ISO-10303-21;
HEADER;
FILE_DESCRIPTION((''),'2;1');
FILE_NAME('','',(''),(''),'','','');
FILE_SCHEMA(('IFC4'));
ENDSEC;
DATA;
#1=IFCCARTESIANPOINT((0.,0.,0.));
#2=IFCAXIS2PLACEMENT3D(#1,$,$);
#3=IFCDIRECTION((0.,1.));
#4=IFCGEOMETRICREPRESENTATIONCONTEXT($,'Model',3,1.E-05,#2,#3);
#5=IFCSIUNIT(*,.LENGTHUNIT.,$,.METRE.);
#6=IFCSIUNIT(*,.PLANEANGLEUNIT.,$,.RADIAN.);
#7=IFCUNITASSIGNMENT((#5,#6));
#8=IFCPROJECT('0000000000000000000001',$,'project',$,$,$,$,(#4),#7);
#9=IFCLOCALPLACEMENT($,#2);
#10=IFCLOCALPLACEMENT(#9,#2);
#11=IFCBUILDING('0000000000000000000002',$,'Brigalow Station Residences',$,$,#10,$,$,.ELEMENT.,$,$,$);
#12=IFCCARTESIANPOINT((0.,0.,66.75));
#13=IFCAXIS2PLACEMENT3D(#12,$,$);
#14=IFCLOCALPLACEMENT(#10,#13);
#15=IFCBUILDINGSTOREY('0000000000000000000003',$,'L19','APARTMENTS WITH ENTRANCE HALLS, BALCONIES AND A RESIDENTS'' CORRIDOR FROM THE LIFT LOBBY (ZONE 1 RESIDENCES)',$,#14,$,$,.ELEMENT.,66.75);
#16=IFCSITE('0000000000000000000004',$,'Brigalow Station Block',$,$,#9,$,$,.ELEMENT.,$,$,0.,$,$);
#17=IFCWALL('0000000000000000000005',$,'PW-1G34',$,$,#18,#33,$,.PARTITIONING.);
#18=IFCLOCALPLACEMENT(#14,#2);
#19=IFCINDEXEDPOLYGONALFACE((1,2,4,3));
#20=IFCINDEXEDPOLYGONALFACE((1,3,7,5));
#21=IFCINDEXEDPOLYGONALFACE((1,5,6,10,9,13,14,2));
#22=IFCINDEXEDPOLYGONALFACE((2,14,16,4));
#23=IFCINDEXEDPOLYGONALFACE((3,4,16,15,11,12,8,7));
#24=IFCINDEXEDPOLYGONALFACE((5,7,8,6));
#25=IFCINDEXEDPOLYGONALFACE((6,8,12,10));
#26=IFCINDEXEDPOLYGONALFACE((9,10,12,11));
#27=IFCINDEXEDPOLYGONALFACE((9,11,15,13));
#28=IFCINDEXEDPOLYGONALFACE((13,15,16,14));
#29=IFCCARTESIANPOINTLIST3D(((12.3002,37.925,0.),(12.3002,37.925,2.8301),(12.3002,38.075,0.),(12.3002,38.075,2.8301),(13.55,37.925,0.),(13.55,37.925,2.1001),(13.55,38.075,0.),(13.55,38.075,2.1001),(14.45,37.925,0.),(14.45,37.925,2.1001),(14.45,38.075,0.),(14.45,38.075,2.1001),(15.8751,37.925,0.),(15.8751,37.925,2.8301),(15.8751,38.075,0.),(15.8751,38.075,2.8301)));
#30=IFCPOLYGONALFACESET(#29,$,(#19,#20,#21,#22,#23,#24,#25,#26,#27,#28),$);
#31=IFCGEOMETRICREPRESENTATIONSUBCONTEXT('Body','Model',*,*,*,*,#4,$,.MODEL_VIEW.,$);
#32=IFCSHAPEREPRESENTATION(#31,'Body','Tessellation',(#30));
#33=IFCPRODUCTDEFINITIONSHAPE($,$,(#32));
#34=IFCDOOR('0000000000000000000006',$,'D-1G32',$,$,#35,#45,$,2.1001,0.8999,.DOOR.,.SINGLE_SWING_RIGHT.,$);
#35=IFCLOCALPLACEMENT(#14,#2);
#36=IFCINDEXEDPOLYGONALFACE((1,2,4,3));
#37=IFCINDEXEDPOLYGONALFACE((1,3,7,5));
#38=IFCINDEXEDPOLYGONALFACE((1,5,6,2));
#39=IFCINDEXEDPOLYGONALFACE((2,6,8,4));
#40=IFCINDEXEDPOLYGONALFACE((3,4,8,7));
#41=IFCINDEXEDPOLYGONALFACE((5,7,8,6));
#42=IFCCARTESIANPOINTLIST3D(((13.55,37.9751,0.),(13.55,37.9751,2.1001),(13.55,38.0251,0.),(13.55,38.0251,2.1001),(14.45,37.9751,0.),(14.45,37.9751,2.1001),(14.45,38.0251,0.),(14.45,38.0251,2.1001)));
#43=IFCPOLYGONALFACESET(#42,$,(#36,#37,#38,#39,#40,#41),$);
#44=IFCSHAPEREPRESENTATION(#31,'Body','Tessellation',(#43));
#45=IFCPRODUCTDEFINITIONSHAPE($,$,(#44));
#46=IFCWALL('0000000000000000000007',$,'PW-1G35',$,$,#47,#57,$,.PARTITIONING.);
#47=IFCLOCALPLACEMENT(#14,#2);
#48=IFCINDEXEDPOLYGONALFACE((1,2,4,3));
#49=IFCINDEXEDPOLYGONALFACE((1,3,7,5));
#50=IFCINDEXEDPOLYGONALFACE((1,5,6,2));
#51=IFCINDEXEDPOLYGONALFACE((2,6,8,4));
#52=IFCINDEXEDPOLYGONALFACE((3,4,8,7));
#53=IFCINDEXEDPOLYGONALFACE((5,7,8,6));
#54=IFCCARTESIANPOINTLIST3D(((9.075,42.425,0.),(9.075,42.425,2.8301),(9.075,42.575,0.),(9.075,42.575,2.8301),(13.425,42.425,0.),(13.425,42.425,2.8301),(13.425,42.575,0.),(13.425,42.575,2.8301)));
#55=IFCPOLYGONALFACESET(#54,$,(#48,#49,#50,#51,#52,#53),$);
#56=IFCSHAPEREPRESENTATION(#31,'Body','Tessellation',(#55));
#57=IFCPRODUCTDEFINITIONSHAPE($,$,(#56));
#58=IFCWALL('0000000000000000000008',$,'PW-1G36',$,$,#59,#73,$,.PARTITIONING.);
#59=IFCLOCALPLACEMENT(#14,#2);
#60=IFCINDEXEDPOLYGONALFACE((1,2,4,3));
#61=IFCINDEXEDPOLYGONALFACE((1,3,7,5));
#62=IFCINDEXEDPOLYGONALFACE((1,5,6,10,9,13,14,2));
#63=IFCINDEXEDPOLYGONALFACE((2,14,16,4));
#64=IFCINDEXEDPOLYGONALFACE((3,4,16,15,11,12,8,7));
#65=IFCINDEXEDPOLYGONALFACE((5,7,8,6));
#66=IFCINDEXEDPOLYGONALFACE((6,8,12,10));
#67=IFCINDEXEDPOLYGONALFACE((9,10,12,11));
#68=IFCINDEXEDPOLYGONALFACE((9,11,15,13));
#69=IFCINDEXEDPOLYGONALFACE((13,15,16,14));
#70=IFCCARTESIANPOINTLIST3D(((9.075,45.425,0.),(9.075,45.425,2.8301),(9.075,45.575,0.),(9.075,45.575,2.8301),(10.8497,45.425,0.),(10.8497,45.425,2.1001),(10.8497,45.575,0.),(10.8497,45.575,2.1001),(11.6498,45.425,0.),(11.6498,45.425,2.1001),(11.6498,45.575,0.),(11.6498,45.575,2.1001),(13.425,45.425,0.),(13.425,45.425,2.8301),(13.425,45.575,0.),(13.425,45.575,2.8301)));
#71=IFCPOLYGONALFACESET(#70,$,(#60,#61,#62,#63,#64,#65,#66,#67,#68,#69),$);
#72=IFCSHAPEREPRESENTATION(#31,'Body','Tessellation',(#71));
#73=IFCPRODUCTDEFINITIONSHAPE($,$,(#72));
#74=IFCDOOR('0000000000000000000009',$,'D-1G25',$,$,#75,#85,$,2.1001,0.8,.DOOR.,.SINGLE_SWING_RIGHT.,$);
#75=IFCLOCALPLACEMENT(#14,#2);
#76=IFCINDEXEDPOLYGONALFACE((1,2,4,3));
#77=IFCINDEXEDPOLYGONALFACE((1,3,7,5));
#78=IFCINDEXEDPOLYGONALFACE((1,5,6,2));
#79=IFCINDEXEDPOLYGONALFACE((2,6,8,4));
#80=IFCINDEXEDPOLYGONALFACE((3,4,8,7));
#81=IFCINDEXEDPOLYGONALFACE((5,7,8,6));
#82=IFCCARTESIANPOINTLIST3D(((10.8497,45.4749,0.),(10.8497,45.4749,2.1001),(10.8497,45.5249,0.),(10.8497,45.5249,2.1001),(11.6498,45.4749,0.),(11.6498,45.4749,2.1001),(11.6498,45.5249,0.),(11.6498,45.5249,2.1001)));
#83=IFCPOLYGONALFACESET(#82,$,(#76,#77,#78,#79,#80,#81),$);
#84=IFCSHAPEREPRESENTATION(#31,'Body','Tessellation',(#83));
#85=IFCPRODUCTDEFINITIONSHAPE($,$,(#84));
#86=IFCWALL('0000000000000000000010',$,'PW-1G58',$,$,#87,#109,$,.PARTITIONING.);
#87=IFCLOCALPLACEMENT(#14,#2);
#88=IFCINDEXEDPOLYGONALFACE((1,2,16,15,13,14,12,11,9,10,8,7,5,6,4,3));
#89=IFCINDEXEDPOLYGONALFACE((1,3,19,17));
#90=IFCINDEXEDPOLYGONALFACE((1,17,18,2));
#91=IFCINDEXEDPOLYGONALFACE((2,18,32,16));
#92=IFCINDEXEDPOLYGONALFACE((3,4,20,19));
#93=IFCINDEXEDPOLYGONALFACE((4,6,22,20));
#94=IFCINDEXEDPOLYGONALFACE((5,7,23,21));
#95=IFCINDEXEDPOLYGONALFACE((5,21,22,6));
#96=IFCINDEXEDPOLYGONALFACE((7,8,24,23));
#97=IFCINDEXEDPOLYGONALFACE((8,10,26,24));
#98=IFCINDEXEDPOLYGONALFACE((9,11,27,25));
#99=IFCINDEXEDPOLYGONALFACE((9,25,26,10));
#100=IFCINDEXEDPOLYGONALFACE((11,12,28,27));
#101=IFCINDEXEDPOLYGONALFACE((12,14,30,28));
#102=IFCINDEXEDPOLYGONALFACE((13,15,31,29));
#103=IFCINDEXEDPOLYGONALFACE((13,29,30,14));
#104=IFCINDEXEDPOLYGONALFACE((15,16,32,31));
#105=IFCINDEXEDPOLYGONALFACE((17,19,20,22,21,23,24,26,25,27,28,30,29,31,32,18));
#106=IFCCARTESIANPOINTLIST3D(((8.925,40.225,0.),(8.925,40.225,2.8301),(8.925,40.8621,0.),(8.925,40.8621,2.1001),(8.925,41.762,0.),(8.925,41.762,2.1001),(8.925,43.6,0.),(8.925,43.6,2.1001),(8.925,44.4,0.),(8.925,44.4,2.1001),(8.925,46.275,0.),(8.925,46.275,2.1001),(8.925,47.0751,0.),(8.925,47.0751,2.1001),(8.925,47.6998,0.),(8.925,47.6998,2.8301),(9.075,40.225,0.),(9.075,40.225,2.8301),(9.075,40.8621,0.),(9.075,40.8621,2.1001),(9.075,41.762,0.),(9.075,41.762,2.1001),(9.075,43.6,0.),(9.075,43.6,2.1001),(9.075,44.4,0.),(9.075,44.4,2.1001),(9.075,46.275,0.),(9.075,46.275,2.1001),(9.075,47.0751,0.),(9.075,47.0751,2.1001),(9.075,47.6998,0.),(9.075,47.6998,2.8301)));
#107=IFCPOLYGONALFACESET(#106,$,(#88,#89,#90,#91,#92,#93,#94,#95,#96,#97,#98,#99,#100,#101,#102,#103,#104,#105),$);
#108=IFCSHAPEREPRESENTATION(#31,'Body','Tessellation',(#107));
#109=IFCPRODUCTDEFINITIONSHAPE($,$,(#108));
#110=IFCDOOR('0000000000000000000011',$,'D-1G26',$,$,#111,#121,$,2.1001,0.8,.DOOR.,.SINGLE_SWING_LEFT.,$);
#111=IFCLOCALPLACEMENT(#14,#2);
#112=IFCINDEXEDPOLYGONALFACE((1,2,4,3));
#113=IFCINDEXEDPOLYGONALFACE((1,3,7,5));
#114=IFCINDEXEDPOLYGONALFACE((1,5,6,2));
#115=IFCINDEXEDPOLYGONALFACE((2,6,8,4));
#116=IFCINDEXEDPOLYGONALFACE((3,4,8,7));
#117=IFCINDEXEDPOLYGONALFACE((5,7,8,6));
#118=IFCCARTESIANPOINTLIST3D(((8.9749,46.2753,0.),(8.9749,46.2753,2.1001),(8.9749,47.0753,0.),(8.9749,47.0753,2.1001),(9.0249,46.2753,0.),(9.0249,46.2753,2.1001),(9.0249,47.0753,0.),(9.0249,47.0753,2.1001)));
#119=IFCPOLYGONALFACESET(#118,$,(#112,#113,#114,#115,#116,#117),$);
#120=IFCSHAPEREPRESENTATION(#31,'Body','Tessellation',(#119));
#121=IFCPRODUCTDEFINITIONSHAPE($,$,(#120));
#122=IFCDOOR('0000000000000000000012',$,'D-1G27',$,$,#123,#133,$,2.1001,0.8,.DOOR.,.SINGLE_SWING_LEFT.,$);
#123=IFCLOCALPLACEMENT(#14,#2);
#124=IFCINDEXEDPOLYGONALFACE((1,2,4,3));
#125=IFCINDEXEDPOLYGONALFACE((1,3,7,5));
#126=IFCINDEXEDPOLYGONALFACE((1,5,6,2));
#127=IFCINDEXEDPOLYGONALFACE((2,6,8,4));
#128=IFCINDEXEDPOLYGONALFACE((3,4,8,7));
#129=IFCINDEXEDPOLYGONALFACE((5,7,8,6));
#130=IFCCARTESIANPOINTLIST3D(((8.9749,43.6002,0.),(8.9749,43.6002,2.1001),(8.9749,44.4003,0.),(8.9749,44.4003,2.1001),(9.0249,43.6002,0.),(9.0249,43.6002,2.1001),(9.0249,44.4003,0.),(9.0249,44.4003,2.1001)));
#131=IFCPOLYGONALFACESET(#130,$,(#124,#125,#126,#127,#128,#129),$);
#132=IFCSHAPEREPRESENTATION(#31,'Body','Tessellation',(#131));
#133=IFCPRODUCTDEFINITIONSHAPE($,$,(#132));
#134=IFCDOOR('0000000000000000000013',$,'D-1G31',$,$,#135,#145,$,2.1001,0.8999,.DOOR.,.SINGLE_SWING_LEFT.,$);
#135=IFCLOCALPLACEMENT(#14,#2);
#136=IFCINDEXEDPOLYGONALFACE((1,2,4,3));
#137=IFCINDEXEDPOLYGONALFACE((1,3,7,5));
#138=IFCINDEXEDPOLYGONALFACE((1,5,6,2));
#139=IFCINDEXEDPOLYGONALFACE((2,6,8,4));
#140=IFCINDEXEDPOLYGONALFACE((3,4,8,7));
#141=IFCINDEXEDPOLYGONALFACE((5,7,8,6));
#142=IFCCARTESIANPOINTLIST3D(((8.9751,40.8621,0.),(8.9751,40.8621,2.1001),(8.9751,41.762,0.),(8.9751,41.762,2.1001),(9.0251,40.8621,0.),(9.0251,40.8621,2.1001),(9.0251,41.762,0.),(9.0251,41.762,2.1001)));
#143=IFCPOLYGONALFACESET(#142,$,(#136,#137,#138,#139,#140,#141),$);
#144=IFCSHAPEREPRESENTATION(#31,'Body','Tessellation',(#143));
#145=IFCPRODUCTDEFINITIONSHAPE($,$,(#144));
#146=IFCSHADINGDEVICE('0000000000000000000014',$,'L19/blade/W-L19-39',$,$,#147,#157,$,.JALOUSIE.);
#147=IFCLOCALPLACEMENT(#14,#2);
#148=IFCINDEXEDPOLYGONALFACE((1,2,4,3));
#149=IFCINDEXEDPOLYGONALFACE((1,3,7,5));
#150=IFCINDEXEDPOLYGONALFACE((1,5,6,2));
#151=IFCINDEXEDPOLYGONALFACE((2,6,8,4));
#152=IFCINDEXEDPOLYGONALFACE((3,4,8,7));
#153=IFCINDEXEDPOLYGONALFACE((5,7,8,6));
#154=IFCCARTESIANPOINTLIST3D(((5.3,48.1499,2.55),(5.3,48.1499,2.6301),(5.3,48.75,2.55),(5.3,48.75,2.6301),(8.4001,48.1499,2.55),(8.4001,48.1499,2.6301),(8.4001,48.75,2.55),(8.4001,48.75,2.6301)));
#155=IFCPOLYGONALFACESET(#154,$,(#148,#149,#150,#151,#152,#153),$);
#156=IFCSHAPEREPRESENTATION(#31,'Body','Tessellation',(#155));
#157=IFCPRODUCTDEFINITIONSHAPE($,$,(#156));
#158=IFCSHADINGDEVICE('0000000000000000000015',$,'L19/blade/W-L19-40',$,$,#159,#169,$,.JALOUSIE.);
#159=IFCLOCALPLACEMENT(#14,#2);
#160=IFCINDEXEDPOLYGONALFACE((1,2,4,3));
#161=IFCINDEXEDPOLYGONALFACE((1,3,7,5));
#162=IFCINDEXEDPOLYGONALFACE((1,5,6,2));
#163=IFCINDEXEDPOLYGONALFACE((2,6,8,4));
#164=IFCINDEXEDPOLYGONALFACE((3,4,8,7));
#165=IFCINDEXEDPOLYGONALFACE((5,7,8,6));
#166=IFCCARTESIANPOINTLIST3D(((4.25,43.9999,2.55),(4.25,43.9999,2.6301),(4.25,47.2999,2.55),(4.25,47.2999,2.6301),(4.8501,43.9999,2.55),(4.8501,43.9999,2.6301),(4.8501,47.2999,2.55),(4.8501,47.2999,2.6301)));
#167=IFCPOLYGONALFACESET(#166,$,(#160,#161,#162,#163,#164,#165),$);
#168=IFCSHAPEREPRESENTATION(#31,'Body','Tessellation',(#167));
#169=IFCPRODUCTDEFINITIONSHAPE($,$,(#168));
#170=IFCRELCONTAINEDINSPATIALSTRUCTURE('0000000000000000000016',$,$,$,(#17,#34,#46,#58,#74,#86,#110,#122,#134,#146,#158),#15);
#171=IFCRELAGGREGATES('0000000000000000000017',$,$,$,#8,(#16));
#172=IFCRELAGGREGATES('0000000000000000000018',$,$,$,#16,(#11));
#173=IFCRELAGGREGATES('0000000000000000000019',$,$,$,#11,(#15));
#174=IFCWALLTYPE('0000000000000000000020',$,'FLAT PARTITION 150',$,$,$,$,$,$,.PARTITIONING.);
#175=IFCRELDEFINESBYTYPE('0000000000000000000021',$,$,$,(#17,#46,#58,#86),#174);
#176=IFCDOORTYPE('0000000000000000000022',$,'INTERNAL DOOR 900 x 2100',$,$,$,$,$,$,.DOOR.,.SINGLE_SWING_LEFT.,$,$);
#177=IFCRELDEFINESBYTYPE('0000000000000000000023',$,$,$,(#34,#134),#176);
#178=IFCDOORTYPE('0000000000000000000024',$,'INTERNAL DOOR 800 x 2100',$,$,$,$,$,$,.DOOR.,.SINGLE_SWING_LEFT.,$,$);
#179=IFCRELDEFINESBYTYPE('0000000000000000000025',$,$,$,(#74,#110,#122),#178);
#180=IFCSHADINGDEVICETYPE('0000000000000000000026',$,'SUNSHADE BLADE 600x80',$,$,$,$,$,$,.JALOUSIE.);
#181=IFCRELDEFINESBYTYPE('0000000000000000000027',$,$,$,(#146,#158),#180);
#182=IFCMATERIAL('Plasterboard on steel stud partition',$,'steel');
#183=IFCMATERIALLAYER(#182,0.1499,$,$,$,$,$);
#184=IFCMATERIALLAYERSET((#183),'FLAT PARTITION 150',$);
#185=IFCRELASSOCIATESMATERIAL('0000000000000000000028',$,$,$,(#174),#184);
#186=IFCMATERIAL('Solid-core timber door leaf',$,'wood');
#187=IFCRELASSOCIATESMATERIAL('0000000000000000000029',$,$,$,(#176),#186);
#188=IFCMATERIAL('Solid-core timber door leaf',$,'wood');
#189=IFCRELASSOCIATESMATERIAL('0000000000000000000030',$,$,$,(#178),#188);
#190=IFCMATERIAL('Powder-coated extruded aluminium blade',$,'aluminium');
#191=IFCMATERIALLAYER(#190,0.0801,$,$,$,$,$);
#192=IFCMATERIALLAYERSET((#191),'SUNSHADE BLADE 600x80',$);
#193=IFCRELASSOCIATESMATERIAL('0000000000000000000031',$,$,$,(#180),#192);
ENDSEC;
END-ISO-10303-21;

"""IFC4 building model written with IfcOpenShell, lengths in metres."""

from ifc_helpers import new_model, si_unit, direction, frame, frame_2d, origin, origin_2d, place, context, subcontext, project, spatial, rectangle, extrude, material, layer, layer_set, type_object, element, fill, save


model = new_model("IFC4")

# Units and contexts
model_context = context("Model", 3, precision=1e-05, world=origin(), true_north=direction((0.0, 1.0)))
body_context = subcontext(model_context, "Body", "Model", "MODEL_VIEW")
ifc_project = project(units=[si_unit("LENGTHUNIT", "METRE"), si_unit("PLANEANGLEUNIT", "RADIAN")], contexts=[model_context])

# Site, building, storey
site_placement = place(None, origin())
site = spatial("IfcSite", under=ifc_project, at=site_placement, Name="Brigalow Station Block", CompositionType="ELEMENT", RefElevation=0.0)
building_placement = place(site_placement, origin())
building = spatial("IfcBuilding", under=site, at=building_placement, Name="Brigalow Station Residences", CompositionType="ELEMENT")
storey_placement = place(building_placement, frame((0.0, 0.0, 66.75)))
storey = spatial("IfcBuildingStorey", under=building, at=storey_placement, Name="L19", Description="APARTMENTS WITH ENTRANCE HALLS, BALCONIES AND A RESIDENTS' CORRIDOR FROM THE LIFT LOBBY (ZONE 1 RESIDENCES)", CompositionType="ELEMENT", Elevation=66.75)

# Wall, opening, door
ifc_material_1 = material(Name="Plasterboard on steel stud partition", Category="steel")
ifc_layer_1 = layer(ifc_material_1, 0.1499)
ifc_layer_set_1 = layer_set([ifc_layer_1], Name="FLAT PARTITION 150")
wall_type_1 = type_object("IfcWallType", Name="FLAT PARTITION 150", PredefinedType="PARTITIONING", material=ifc_layer_set_1)
wall_1_placement = place(storey_placement, frame((12.3, 38.0, 0.0), z_axis=(0.0, 0.0, 1.0), x_axis=(1.0, 0.0, 0.0)))
wall_1 = element("IfcWall", 1, at=wall_1_placement, inside=storey, type_object=wall_type_1, Name="PW-1G34", PredefinedType="PARTITIONING", context=body_context, shape_type="SweptSolid", body=[
    extrude(rectangle(XDim=3.575, YDim=0.1499, at=frame_2d((1.7876, 0.0))), origin(), (0.0, 0.0, 1.0), 2.8301),
])
opening_1_placement = place(wall_1_placement, frame((1.25, 0.0, 0.0)))
opening_1 = element("IfcOpeningElement", 2, at=opening_1_placement, cuts=wall_1, PredefinedType="OPENING", context=body_context, shape_type="SweptSolid", body=[
    extrude(rectangle(XDim=0.8999, YDim=2.1001, at=frame_2d((0.45, 1.05))), frame((0.0, 0.085, 0.0), z_axis=(0.0, -1.0, 0.0), x_axis=(1.0, 0.0, 0.0)), (0.0, 0.0, 1.0), 0.1699),
])
ifc_material_2 = material(Name="Solid-core timber door leaf", Category="wood")
door_type_1 = type_object("IfcDoorType", Name="INTERNAL DOOR 900 x 2100", OperationType="SINGLE_SWING_LEFT", PredefinedType="DOOR", material=ifc_material_2)
door_1_placement = place(opening_1_placement, frame((0.8999, 0.0, 0.0), z_axis=(0.0, 0.0, 1.0), x_axis=(-1.0, 0.0, 0.0)))
door_1 = element("IfcDoor", 3, at=door_1_placement, inside=storey, type_object=door_type_1, Name="D-1G32", OperationType="SINGLE_SWING_RIGHT", OverallHeight=2.1001, OverallWidth=0.8999, PredefinedType="DOOR", context=body_context, shape_type="SweptSolid", body=[
    extrude(rectangle(XDim=0.8999, YDim=2.1001, at=frame_2d((0.45, 1.05))), frame((0.0, 0.0249, 0.0), z_axis=(0.0, -1.0, 0.0), x_axis=(1.0, 0.0, 0.0)), (0.0, 0.0, 1.0), 0.05),
])
fill(opening_1, door_1)

# Wall
wall_2_placement = place(storey_placement, frame((9.075, 42.5, 0.0), z_axis=(0.0, 0.0, 1.0), x_axis=(1.0, 0.0, 0.0)))
element("IfcWall", 4, at=wall_2_placement, inside=storey, type_object=wall_type_1, Name="PW-1G35", PredefinedType="PARTITIONING", context=body_context, shape_type="SweptSolid", body=[
    extrude(rectangle(XDim=4.3501, YDim=0.1499, at=frame_2d((2.175, 0.0))), origin(), (0.0, 0.0, 1.0), 2.8301),
])

# Wall, opening, door
wall_3_placement = place(storey_placement, frame((9.075, 45.5, 0.0), z_axis=(0.0, 0.0, 1.0), x_axis=(1.0, 0.0, 0.0)))
wall_3 = element("IfcWall", 5, at=wall_3_placement, inside=storey, type_object=wall_type_1, Name="PW-1G36", PredefinedType="PARTITIONING", context=body_context, shape_type="SweptSolid", body=[
    extrude(rectangle(XDim=4.3501, YDim=0.1499, at=frame_2d((2.175, 0.0))), origin(), (0.0, 0.0, 1.0), 2.8301),
])
opening_2_placement = place(wall_3_placement, frame((1.7749, 0.0, 0.0)))
opening_2 = element("IfcOpeningElement", 6, at=opening_2_placement, cuts=wall_3, PredefinedType="OPENING", context=body_context, shape_type="SweptSolid", body=[
    extrude(rectangle(XDim=0.8, YDim=2.1001, at=frame_2d((0.3999, 1.05))), frame((0.0, 0.085, 0.0), z_axis=(0.0, -1.0, 0.0), x_axis=(1.0, 0.0, 0.0)), (0.0, 0.0, 1.0), 0.1699),
])
ifc_material_3 = material(Name="Solid-core timber door leaf", Category="wood")
door_type_2 = type_object("IfcDoorType", Name="INTERNAL DOOR 800 x 2100", OperationType="SINGLE_SWING_LEFT", PredefinedType="DOOR", material=ifc_material_3)
door_2_placement = place(opening_2_placement, origin())
door_2 = element("IfcDoor", 7, at=door_2_placement, inside=storey, type_object=door_type_2, Name="D-1G25", OperationType="SINGLE_SWING_RIGHT", OverallHeight=2.1001, OverallWidth=0.8, PredefinedType="DOOR", context=body_context, shape_type="SweptSolid", body=[
    extrude(rectangle(XDim=0.8, YDim=2.1001, at=frame_2d((0.3999, 1.05))), frame((0.0, 0.0249, 0.0), z_axis=(0.0, -1.0, 0.0), x_axis=(1.0, 0.0, 0.0)), (0.0, 0.0, 1.0), 0.05),
])
fill(opening_2, door_2)

# Wall, openings, doors
wall_4_placement = place(storey_placement, frame((9.0, 40.2251, 0.0), z_axis=(0.0, 0.0, 1.0), x_axis=(0.0, 1.0, 0.0)))
wall_4 = element("IfcWall", 8, at=wall_4_placement, inside=storey, type_object=wall_type_1, Name="PW-1G58", PredefinedType="PARTITIONING", context=body_context, shape_type="SweptSolid", body=[
    extrude(rectangle(XDim=7.4749, YDim=0.1499, at=frame_2d((3.7373, 0.0))), origin(), (0.0, 0.0, 1.0), 2.8301),
])
opening_3_placement = place(wall_4_placement, frame((6.05, 0.0, 0.0)))
opening_3 = element("IfcOpeningElement", 9, at=opening_3_placement, cuts=wall_4, PredefinedType="OPENING", context=body_context, shape_type="SweptSolid", body=[
    extrude(rectangle(XDim=0.8, YDim=2.1001, at=frame_2d((0.3999, 1.05))), frame((0.0, 0.085, 0.0), z_axis=(0.0, -1.0, 0.0), x_axis=(1.0, 0.0, 0.0)), (0.0, 0.0, 1.0), 0.1699),
])
opening_4_placement = place(wall_4_placement, frame((3.375, 0.0, 0.0)))
opening_4 = element("IfcOpeningElement", 10, at=opening_4_placement, cuts=wall_4, PredefinedType="OPENING", context=body_context, shape_type="SweptSolid", body=[
    extrude(rectangle(XDim=0.8, YDim=2.1001, at=frame_2d((0.3999, 1.05))), frame((0.0, 0.085, 0.0), z_axis=(0.0, -1.0, 0.0), x_axis=(1.0, 0.0, 0.0)), (0.0, 0.0, 1.0), 0.1699),
])
opening_5_placement = place(wall_4_placement, frame((0.637, 0.0, 0.0)))
opening_5 = element("IfcOpeningElement", 11, at=opening_5_placement, cuts=wall_4, PredefinedType="OPENING", context=body_context, shape_type="SweptSolid", body=[
    extrude(rectangle(XDim=0.8999, YDim=2.1001, at=frame_2d((0.45, 1.05))), frame((0.0, 0.085, 0.0), z_axis=(0.0, -1.0, 0.0), x_axis=(1.0, 0.0, 0.0)), (0.0, 0.0, 1.0), 0.1699),
])
door_3_placement = place(opening_3_placement, frame((0.8, 0.0, 0.0), z_axis=(0.0, 0.0, 1.0), x_axis=(-1.0, 0.0, 0.0)))
door_3 = element("IfcDoor", 12, at=door_3_placement, inside=storey, type_object=door_type_2, Name="D-1G26", OperationType="SINGLE_SWING_LEFT", OverallHeight=2.1001, OverallWidth=0.8, PredefinedType="DOOR", context=body_context, shape_type="SweptSolid", body=[
    extrude(rectangle(XDim=0.8, YDim=2.1001, at=frame_2d((0.3999, 1.05))), frame((0.0, 0.0249, 0.0), z_axis=(0.0, -1.0, 0.0), x_axis=(1.0, 0.0, 0.0)), (0.0, 0.0, 1.0), 0.05),
])
fill(opening_3, door_3)
door_4_placement = place(opening_4_placement, frame((0.8, 0.0, 0.0), z_axis=(0.0, 0.0, 1.0), x_axis=(-1.0, 0.0, 0.0)))
door_4 = element("IfcDoor", 13, at=door_4_placement, inside=storey, type_object=door_type_2, Name="D-1G27", OperationType="SINGLE_SWING_LEFT", OverallHeight=2.1001, OverallWidth=0.8, PredefinedType="DOOR", context=body_context, shape_type="SweptSolid", body=[
    extrude(rectangle(XDim=0.8, YDim=2.1001, at=frame_2d((0.3999, 1.05))), frame((0.0, 0.0249, 0.0), z_axis=(0.0, -1.0, 0.0), x_axis=(1.0, 0.0, 0.0)), (0.0, 0.0, 1.0), 0.05),
])
fill(opening_4, door_4)
door_5_placement = place(opening_5_placement, origin())
door_5 = element("IfcDoor", 14, at=door_5_placement, inside=storey, type_object=door_type_1, Name="D-1G31", OperationType="SINGLE_SWING_LEFT", OverallHeight=2.1001, OverallWidth=0.8999, PredefinedType="DOOR", context=body_context, shape_type="SweptSolid", body=[
    extrude(rectangle(XDim=0.8999, YDim=2.1001, at=frame_2d((0.45, 1.05))), frame((0.0, 0.0249, 0.0), z_axis=(0.0, -1.0, 0.0), x_axis=(1.0, 0.0, 0.0)), (0.0, 0.0, 1.0), 0.05),
])
fill(opening_5, door_5)

# Shading devices
ifc_material_4 = material(Name="Powder-coated extruded aluminium blade", Category="aluminium")
ifc_layer_2 = layer(ifc_material_4, 0.0801)
ifc_layer_set_2 = layer_set([ifc_layer_2], Name="SUNSHADE BLADE 600x80")
shading_device_type = type_object("IfcShadingDeviceType", Name="SUNSHADE BLADE 600x80", PredefinedType="JALOUSIE", material=ifc_layer_set_2)
shading_device_1_placement = place(storey_placement, frame((6.8501, 48.45, 2.55), z_axis=(0.0, 0.0, 1.0), x_axis=(-1.0, 0.0, 0.0)))
element("IfcShadingDevice", 15, at=shading_device_1_placement, inside=storey, type_object=shading_device_type, Name="L19/blade/W-L19-39", PredefinedType="JALOUSIE", context=body_context, shape_type="SweptSolid", body=[
    extrude(rectangle(XDim=3.1001, YDim=0.6001, at=origin_2d()), origin(), (0.0, 0.0, 1.0), 0.0801),
])
shading_device_2_placement = place(storey_placement, frame((4.55, 45.6499, 2.55), z_axis=(0.0, 0.0, 1.0), x_axis=(0.0, -1.0, 0.0)))
element("IfcShadingDevice", 16, at=shading_device_2_placement, inside=storey, type_object=shading_device_type, Name="L19/blade/W-L19-40", PredefinedType="JALOUSIE", context=body_context, shape_type="SweptSolid", body=[
    extrude(rectangle(XDim=3.3, YDim=0.6001, at=origin_2d()), origin(), (0.0, 0.0, 1.0), 0.0801),
])

save(model, "model.ifc")
